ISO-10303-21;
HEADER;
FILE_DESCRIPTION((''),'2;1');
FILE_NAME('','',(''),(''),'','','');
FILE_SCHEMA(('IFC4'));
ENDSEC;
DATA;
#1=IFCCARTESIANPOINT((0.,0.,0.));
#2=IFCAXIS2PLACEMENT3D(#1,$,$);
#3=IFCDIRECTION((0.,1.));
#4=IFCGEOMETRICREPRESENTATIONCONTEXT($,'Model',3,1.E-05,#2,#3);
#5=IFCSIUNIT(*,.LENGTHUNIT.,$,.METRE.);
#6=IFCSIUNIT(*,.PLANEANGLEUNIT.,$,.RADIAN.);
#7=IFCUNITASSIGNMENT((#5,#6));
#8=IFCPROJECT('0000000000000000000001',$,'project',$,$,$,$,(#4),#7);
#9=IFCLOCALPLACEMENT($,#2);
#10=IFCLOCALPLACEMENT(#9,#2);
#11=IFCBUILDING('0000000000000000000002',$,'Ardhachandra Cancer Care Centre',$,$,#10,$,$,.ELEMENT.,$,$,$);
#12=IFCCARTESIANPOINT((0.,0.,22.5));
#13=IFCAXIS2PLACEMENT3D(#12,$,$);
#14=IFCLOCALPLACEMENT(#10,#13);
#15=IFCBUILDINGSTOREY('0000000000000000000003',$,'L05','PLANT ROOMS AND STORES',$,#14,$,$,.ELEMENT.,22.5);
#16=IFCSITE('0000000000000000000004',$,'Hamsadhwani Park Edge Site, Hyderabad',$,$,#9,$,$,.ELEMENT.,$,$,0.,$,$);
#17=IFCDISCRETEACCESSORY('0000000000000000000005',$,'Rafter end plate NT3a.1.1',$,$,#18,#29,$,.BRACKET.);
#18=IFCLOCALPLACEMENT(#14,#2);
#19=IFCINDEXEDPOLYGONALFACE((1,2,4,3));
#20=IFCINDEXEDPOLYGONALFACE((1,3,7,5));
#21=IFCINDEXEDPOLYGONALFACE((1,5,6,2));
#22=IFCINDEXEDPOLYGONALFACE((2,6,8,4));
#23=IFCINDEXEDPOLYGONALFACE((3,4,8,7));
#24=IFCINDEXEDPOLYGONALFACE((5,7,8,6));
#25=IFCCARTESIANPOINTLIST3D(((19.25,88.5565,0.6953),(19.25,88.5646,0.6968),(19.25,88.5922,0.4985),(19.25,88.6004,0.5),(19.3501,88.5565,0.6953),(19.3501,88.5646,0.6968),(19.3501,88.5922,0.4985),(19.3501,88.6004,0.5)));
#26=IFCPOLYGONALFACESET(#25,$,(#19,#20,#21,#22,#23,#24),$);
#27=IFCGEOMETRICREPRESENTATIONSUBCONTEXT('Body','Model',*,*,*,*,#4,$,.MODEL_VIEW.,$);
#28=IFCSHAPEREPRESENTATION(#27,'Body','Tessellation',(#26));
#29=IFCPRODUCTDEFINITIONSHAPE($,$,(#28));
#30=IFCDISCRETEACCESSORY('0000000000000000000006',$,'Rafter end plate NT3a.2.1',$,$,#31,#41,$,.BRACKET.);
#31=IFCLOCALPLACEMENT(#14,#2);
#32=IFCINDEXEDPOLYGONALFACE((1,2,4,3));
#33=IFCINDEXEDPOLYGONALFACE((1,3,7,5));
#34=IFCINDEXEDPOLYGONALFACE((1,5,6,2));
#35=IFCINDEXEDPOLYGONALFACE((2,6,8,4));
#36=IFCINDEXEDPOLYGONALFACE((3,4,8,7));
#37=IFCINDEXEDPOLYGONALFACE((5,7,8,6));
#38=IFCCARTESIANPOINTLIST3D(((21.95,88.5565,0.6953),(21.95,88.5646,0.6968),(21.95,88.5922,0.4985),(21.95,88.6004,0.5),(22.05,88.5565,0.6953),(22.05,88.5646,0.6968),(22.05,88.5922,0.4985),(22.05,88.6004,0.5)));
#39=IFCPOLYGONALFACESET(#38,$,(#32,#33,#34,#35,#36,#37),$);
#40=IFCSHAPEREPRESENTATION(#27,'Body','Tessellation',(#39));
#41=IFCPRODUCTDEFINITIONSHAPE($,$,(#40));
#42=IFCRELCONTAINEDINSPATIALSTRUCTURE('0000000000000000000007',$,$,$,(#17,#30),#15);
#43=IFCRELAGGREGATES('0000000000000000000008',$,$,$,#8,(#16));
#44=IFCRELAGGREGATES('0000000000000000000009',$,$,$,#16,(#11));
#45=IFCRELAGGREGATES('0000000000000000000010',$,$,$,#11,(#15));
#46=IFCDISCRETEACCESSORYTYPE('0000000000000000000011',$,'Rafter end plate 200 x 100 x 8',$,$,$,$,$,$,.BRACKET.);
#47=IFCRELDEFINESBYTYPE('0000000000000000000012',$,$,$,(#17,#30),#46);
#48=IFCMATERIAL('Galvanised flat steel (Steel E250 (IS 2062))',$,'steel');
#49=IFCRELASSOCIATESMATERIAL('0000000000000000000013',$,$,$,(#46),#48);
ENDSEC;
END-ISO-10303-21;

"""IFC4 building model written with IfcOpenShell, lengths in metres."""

from ifc_helpers import new_model, si_unit, direction, frame, origin, origin_2d, place, context, subcontext, project, spatial, rectangle, extrude, material, material_profile, profile_set, type_object, element, save


model = new_model("IFC4")

# Units and contexts
model_context = context("Model", 3, precision=1e-05, world=origin(), true_north=direction((0.0, 1.0)))
body_context = subcontext(model_context, "Body", "Model", "MODEL_VIEW")
ifc_project = project(units=[si_unit("LENGTHUNIT", "METRE"), si_unit("PLANEANGLEUNIT", "RADIAN")], contexts=[model_context])

# Site, building, storey
site_placement = place(None, origin())
site = spatial("IfcSite", under=ifc_project, at=site_placement, Name="Hamsadhwani Park Edge Site, Hyderabad", CompositionType="ELEMENT", RefElevation=0.0)
building_placement = place(site_placement, origin())
building = spatial("IfcBuilding", under=site, at=building_placement, Name="Ardhachandra Cancer Care Centre", CompositionType="ELEMENT")
storey_placement = place(building_placement, frame((0.0, 0.0, 22.5)))
storey = spatial("IfcBuildingStorey", under=building, at=storey_placement, Name="L05", Description="PLANT ROOMS AND STORES", CompositionType="ELEMENT", Elevation=22.5)

# Discrete accessories
ifc_material_1 = material(Name="Galvanised flat steel (Steel E250 (IS 2062))", Category="steel")
ifc_material_profile_1 = material_profile(ifc_material_1, rectangle(XDim=0.1001, YDim=0.2, at=origin_2d()), Name="Rafter end plate 200 x 100 x 8")
ifc_profile_set_1 = profile_set([ifc_material_profile_1], Name="Galvanised flat steel (Steel E250 (IS 2062))")
discrete_accessory_type = type_object("IfcDiscreteAccessoryType", Name="Rafter end plate 200 x 100 x 8", PredefinedType="BRACKET", material=ifc_profile_set_1)
for number, where, z_axis, x_axis, name in (
    (1, (19.3, 88.5825, 0.5984), (0.0, -0.98387, -0.178885), (1.0, 0.0, 0.0), "Rafter end plate NT3a.1.1"),
    (2, (22.0, 88.5825, 0.5984), (0.0, -0.98387, -0.178885), (1.0, 0.0, 0.0), "Rafter end plate NT3a.2.1"),
):
    element("IfcDiscreteAccessory", number, at=place(storey_placement, frame(where, z_axis=z_axis, x_axis=x_axis)), inside=storey, type_object=discrete_accessory_type, Name=name, PredefinedType="BRACKET", context=body_context, shape_type="SweptSolid", body=[
        extrude(rectangle(XDim=0.1001, YDim=0.2, at=origin_2d()), origin(), (0.0, 0.0, 1.0), 0.0083),
    ])

save(model, "model.ifc")
